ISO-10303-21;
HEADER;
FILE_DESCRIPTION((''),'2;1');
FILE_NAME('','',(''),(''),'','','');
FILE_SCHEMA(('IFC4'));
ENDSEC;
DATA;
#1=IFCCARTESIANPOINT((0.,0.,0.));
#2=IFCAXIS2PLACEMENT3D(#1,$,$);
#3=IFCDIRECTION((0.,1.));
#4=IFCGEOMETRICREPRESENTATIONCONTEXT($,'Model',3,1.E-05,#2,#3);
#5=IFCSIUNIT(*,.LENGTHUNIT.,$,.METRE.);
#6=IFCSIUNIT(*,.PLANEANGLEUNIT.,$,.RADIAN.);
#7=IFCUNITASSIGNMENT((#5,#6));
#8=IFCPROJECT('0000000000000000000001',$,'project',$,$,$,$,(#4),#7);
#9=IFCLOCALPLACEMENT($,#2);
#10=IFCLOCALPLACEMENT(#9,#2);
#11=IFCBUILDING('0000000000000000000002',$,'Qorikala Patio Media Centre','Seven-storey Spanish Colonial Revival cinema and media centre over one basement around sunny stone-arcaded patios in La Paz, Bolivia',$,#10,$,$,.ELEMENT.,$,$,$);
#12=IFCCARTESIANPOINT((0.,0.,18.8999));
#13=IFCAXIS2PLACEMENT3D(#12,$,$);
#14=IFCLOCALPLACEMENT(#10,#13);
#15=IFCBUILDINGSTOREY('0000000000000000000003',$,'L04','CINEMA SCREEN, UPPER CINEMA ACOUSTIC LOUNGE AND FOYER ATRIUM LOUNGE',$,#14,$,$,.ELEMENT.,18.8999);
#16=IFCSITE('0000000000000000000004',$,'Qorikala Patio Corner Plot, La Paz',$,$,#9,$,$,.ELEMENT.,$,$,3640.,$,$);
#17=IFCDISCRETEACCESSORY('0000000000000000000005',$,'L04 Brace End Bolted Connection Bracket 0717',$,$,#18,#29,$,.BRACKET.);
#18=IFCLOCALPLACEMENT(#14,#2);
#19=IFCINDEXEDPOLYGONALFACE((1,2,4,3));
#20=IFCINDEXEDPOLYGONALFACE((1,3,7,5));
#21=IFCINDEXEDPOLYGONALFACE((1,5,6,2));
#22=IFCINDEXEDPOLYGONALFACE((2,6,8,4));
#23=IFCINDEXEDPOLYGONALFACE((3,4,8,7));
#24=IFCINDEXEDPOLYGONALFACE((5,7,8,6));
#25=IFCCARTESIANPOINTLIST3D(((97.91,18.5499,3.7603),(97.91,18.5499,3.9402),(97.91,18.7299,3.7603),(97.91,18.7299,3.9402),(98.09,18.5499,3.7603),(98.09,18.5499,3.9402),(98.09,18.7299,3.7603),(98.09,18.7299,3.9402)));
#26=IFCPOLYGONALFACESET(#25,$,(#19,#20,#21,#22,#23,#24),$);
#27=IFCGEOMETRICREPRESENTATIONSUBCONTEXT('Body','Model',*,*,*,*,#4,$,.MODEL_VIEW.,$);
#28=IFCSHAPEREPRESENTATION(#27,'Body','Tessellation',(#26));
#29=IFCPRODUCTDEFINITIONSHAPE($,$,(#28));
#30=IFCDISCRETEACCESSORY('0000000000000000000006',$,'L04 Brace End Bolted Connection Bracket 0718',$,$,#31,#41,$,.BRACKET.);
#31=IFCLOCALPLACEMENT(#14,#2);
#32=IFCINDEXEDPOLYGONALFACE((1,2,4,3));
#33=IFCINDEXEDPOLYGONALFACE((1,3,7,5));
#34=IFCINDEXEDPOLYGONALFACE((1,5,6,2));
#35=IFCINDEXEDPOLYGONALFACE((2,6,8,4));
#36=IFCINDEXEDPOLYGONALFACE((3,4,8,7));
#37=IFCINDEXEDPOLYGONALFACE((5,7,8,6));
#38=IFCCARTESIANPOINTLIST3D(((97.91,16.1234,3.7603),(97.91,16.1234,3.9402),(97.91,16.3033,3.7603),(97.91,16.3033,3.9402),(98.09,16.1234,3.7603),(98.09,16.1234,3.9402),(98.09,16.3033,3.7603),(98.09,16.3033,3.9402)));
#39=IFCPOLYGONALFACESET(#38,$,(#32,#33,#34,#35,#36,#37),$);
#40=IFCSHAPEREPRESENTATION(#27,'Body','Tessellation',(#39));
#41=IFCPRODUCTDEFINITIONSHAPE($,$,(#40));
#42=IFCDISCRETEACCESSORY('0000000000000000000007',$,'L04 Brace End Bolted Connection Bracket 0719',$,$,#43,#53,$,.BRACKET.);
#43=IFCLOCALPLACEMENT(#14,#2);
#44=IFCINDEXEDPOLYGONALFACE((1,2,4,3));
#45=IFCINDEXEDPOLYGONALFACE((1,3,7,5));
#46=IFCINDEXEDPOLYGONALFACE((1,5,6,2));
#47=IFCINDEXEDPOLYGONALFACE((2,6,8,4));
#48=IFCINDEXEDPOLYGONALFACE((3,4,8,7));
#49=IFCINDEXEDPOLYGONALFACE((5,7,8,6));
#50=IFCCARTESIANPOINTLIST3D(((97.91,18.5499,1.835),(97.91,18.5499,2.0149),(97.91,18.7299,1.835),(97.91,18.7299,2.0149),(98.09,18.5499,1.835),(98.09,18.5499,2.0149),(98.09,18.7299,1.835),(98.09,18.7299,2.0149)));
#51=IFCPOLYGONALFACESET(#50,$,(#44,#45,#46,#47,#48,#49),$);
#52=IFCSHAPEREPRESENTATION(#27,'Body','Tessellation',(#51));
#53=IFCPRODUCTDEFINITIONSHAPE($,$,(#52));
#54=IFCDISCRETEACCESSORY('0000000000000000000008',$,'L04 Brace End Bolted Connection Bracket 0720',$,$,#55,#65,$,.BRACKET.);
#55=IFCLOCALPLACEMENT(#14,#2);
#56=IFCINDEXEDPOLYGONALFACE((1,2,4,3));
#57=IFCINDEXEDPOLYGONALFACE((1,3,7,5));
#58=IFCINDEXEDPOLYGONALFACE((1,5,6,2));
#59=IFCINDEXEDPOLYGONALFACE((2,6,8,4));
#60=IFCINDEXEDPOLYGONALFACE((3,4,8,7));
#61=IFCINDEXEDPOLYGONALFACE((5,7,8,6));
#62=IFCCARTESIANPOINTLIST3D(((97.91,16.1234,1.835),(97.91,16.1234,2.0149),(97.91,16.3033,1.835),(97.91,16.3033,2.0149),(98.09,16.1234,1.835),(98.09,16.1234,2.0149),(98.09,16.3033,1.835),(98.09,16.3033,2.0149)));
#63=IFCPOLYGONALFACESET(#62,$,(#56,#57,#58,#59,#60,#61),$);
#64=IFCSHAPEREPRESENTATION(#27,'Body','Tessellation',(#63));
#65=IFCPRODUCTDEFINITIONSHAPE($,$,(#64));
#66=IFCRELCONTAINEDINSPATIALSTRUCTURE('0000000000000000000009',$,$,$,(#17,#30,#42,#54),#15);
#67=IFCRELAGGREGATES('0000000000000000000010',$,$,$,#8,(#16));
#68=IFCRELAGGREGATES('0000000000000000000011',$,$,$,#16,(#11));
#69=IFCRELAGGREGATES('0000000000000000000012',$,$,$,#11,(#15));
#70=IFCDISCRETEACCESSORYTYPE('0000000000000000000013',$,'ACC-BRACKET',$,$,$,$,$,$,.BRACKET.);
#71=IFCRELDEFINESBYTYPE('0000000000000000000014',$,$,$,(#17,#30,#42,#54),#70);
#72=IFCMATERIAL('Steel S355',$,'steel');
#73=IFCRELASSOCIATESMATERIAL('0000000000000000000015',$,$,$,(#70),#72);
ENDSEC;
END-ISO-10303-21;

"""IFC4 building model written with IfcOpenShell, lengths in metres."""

from ifc_helpers import new_model, si_unit, direction, frame, origin, origin_2d, place, context, subcontext, project, spatial, rectangle, extrude, material, type_object, element, save


model = new_model("IFC4")

# Units and contexts
model_context = context("Model", 3, precision=1e-05, world=origin(), true_north=direction((0.0, 1.0)))
body_context = subcontext(model_context, "Body", "Model", "MODEL_VIEW")
ifc_project = project(units=[si_unit("LENGTHUNIT", "METRE"), si_unit("PLANEANGLEUNIT", "RADIAN")], contexts=[model_context])

# Site, building, storey
site_placement = place(None, origin())
site = spatial("IfcSite", under=ifc_project, at=site_placement, Name="Qorikala Patio Corner Plot, La Paz", CompositionType="ELEMENT", RefElevation=3640.0)
building_placement = place(site_placement, origin())
building = spatial("IfcBuilding", under=site, at=building_placement, Name="Qorikala Patio Media Centre", Description="Seven-storey Spanish Colonial Revival cinema and media centre over one basement around sunny stone-arcaded patios in La Paz, Bolivia", CompositionType="ELEMENT")
storey_placement = place(building_placement, frame((0.0, 0.0, 18.8999)))
storey = spatial("IfcBuildingStorey", under=building, at=storey_placement, Name="L04", Description="CINEMA SCREEN, UPPER CINEMA ACOUSTIC LOUNGE AND FOYER ATRIUM LOUNGE", CompositionType="ELEMENT", Elevation=18.8999)

# Discrete accessories
ifc_material_1 = material(Name="Steel S355", Category="steel")
discrete_accessory_type = type_object("IfcDiscreteAccessoryType", Name="ACC-BRACKET", PredefinedType="BRACKET", material=ifc_material_1)
for number, where, z_axis, x_axis, name in (
    (1, (98.0, 18.6399, 3.7603), (0.0, 0.0, 1.0), (1.0, 0.0, 0.0), "L04 Brace End Bolted Connection Bracket 0717"),
    (2, (98.0, 16.2134, 3.7603), (0.0, 0.0, 1.0), (1.0, 0.0, 0.0), "L04 Brace End Bolted Connection Bracket 0718"),
    (3, (98.0, 18.6399, 1.835), (0.0, 0.0, 1.0), (1.0, 0.0, 0.0), "L04 Brace End Bolted Connection Bracket 0719"),
    (4, (98.0, 16.2134, 1.835), (0.0, 0.0, 1.0), (1.0, 0.0, 0.0), "L04 Brace End Bolted Connection Bracket 0720"),
):
    element("IfcDiscreteAccessory", number, at=place(storey_placement, frame(where, z_axis=z_axis, x_axis=x_axis)), inside=storey, type_object=discrete_accessory_type, Name=name, PredefinedType="BRACKET", context=body_context, shape_type="SweptSolid", body=[
        extrude(rectangle(XDim=0.1799, YDim=0.1799, at=origin_2d()), origin(), (0.0, 0.0, 1.0), 0.1799),
    ])

save(model, "model.ifc")
